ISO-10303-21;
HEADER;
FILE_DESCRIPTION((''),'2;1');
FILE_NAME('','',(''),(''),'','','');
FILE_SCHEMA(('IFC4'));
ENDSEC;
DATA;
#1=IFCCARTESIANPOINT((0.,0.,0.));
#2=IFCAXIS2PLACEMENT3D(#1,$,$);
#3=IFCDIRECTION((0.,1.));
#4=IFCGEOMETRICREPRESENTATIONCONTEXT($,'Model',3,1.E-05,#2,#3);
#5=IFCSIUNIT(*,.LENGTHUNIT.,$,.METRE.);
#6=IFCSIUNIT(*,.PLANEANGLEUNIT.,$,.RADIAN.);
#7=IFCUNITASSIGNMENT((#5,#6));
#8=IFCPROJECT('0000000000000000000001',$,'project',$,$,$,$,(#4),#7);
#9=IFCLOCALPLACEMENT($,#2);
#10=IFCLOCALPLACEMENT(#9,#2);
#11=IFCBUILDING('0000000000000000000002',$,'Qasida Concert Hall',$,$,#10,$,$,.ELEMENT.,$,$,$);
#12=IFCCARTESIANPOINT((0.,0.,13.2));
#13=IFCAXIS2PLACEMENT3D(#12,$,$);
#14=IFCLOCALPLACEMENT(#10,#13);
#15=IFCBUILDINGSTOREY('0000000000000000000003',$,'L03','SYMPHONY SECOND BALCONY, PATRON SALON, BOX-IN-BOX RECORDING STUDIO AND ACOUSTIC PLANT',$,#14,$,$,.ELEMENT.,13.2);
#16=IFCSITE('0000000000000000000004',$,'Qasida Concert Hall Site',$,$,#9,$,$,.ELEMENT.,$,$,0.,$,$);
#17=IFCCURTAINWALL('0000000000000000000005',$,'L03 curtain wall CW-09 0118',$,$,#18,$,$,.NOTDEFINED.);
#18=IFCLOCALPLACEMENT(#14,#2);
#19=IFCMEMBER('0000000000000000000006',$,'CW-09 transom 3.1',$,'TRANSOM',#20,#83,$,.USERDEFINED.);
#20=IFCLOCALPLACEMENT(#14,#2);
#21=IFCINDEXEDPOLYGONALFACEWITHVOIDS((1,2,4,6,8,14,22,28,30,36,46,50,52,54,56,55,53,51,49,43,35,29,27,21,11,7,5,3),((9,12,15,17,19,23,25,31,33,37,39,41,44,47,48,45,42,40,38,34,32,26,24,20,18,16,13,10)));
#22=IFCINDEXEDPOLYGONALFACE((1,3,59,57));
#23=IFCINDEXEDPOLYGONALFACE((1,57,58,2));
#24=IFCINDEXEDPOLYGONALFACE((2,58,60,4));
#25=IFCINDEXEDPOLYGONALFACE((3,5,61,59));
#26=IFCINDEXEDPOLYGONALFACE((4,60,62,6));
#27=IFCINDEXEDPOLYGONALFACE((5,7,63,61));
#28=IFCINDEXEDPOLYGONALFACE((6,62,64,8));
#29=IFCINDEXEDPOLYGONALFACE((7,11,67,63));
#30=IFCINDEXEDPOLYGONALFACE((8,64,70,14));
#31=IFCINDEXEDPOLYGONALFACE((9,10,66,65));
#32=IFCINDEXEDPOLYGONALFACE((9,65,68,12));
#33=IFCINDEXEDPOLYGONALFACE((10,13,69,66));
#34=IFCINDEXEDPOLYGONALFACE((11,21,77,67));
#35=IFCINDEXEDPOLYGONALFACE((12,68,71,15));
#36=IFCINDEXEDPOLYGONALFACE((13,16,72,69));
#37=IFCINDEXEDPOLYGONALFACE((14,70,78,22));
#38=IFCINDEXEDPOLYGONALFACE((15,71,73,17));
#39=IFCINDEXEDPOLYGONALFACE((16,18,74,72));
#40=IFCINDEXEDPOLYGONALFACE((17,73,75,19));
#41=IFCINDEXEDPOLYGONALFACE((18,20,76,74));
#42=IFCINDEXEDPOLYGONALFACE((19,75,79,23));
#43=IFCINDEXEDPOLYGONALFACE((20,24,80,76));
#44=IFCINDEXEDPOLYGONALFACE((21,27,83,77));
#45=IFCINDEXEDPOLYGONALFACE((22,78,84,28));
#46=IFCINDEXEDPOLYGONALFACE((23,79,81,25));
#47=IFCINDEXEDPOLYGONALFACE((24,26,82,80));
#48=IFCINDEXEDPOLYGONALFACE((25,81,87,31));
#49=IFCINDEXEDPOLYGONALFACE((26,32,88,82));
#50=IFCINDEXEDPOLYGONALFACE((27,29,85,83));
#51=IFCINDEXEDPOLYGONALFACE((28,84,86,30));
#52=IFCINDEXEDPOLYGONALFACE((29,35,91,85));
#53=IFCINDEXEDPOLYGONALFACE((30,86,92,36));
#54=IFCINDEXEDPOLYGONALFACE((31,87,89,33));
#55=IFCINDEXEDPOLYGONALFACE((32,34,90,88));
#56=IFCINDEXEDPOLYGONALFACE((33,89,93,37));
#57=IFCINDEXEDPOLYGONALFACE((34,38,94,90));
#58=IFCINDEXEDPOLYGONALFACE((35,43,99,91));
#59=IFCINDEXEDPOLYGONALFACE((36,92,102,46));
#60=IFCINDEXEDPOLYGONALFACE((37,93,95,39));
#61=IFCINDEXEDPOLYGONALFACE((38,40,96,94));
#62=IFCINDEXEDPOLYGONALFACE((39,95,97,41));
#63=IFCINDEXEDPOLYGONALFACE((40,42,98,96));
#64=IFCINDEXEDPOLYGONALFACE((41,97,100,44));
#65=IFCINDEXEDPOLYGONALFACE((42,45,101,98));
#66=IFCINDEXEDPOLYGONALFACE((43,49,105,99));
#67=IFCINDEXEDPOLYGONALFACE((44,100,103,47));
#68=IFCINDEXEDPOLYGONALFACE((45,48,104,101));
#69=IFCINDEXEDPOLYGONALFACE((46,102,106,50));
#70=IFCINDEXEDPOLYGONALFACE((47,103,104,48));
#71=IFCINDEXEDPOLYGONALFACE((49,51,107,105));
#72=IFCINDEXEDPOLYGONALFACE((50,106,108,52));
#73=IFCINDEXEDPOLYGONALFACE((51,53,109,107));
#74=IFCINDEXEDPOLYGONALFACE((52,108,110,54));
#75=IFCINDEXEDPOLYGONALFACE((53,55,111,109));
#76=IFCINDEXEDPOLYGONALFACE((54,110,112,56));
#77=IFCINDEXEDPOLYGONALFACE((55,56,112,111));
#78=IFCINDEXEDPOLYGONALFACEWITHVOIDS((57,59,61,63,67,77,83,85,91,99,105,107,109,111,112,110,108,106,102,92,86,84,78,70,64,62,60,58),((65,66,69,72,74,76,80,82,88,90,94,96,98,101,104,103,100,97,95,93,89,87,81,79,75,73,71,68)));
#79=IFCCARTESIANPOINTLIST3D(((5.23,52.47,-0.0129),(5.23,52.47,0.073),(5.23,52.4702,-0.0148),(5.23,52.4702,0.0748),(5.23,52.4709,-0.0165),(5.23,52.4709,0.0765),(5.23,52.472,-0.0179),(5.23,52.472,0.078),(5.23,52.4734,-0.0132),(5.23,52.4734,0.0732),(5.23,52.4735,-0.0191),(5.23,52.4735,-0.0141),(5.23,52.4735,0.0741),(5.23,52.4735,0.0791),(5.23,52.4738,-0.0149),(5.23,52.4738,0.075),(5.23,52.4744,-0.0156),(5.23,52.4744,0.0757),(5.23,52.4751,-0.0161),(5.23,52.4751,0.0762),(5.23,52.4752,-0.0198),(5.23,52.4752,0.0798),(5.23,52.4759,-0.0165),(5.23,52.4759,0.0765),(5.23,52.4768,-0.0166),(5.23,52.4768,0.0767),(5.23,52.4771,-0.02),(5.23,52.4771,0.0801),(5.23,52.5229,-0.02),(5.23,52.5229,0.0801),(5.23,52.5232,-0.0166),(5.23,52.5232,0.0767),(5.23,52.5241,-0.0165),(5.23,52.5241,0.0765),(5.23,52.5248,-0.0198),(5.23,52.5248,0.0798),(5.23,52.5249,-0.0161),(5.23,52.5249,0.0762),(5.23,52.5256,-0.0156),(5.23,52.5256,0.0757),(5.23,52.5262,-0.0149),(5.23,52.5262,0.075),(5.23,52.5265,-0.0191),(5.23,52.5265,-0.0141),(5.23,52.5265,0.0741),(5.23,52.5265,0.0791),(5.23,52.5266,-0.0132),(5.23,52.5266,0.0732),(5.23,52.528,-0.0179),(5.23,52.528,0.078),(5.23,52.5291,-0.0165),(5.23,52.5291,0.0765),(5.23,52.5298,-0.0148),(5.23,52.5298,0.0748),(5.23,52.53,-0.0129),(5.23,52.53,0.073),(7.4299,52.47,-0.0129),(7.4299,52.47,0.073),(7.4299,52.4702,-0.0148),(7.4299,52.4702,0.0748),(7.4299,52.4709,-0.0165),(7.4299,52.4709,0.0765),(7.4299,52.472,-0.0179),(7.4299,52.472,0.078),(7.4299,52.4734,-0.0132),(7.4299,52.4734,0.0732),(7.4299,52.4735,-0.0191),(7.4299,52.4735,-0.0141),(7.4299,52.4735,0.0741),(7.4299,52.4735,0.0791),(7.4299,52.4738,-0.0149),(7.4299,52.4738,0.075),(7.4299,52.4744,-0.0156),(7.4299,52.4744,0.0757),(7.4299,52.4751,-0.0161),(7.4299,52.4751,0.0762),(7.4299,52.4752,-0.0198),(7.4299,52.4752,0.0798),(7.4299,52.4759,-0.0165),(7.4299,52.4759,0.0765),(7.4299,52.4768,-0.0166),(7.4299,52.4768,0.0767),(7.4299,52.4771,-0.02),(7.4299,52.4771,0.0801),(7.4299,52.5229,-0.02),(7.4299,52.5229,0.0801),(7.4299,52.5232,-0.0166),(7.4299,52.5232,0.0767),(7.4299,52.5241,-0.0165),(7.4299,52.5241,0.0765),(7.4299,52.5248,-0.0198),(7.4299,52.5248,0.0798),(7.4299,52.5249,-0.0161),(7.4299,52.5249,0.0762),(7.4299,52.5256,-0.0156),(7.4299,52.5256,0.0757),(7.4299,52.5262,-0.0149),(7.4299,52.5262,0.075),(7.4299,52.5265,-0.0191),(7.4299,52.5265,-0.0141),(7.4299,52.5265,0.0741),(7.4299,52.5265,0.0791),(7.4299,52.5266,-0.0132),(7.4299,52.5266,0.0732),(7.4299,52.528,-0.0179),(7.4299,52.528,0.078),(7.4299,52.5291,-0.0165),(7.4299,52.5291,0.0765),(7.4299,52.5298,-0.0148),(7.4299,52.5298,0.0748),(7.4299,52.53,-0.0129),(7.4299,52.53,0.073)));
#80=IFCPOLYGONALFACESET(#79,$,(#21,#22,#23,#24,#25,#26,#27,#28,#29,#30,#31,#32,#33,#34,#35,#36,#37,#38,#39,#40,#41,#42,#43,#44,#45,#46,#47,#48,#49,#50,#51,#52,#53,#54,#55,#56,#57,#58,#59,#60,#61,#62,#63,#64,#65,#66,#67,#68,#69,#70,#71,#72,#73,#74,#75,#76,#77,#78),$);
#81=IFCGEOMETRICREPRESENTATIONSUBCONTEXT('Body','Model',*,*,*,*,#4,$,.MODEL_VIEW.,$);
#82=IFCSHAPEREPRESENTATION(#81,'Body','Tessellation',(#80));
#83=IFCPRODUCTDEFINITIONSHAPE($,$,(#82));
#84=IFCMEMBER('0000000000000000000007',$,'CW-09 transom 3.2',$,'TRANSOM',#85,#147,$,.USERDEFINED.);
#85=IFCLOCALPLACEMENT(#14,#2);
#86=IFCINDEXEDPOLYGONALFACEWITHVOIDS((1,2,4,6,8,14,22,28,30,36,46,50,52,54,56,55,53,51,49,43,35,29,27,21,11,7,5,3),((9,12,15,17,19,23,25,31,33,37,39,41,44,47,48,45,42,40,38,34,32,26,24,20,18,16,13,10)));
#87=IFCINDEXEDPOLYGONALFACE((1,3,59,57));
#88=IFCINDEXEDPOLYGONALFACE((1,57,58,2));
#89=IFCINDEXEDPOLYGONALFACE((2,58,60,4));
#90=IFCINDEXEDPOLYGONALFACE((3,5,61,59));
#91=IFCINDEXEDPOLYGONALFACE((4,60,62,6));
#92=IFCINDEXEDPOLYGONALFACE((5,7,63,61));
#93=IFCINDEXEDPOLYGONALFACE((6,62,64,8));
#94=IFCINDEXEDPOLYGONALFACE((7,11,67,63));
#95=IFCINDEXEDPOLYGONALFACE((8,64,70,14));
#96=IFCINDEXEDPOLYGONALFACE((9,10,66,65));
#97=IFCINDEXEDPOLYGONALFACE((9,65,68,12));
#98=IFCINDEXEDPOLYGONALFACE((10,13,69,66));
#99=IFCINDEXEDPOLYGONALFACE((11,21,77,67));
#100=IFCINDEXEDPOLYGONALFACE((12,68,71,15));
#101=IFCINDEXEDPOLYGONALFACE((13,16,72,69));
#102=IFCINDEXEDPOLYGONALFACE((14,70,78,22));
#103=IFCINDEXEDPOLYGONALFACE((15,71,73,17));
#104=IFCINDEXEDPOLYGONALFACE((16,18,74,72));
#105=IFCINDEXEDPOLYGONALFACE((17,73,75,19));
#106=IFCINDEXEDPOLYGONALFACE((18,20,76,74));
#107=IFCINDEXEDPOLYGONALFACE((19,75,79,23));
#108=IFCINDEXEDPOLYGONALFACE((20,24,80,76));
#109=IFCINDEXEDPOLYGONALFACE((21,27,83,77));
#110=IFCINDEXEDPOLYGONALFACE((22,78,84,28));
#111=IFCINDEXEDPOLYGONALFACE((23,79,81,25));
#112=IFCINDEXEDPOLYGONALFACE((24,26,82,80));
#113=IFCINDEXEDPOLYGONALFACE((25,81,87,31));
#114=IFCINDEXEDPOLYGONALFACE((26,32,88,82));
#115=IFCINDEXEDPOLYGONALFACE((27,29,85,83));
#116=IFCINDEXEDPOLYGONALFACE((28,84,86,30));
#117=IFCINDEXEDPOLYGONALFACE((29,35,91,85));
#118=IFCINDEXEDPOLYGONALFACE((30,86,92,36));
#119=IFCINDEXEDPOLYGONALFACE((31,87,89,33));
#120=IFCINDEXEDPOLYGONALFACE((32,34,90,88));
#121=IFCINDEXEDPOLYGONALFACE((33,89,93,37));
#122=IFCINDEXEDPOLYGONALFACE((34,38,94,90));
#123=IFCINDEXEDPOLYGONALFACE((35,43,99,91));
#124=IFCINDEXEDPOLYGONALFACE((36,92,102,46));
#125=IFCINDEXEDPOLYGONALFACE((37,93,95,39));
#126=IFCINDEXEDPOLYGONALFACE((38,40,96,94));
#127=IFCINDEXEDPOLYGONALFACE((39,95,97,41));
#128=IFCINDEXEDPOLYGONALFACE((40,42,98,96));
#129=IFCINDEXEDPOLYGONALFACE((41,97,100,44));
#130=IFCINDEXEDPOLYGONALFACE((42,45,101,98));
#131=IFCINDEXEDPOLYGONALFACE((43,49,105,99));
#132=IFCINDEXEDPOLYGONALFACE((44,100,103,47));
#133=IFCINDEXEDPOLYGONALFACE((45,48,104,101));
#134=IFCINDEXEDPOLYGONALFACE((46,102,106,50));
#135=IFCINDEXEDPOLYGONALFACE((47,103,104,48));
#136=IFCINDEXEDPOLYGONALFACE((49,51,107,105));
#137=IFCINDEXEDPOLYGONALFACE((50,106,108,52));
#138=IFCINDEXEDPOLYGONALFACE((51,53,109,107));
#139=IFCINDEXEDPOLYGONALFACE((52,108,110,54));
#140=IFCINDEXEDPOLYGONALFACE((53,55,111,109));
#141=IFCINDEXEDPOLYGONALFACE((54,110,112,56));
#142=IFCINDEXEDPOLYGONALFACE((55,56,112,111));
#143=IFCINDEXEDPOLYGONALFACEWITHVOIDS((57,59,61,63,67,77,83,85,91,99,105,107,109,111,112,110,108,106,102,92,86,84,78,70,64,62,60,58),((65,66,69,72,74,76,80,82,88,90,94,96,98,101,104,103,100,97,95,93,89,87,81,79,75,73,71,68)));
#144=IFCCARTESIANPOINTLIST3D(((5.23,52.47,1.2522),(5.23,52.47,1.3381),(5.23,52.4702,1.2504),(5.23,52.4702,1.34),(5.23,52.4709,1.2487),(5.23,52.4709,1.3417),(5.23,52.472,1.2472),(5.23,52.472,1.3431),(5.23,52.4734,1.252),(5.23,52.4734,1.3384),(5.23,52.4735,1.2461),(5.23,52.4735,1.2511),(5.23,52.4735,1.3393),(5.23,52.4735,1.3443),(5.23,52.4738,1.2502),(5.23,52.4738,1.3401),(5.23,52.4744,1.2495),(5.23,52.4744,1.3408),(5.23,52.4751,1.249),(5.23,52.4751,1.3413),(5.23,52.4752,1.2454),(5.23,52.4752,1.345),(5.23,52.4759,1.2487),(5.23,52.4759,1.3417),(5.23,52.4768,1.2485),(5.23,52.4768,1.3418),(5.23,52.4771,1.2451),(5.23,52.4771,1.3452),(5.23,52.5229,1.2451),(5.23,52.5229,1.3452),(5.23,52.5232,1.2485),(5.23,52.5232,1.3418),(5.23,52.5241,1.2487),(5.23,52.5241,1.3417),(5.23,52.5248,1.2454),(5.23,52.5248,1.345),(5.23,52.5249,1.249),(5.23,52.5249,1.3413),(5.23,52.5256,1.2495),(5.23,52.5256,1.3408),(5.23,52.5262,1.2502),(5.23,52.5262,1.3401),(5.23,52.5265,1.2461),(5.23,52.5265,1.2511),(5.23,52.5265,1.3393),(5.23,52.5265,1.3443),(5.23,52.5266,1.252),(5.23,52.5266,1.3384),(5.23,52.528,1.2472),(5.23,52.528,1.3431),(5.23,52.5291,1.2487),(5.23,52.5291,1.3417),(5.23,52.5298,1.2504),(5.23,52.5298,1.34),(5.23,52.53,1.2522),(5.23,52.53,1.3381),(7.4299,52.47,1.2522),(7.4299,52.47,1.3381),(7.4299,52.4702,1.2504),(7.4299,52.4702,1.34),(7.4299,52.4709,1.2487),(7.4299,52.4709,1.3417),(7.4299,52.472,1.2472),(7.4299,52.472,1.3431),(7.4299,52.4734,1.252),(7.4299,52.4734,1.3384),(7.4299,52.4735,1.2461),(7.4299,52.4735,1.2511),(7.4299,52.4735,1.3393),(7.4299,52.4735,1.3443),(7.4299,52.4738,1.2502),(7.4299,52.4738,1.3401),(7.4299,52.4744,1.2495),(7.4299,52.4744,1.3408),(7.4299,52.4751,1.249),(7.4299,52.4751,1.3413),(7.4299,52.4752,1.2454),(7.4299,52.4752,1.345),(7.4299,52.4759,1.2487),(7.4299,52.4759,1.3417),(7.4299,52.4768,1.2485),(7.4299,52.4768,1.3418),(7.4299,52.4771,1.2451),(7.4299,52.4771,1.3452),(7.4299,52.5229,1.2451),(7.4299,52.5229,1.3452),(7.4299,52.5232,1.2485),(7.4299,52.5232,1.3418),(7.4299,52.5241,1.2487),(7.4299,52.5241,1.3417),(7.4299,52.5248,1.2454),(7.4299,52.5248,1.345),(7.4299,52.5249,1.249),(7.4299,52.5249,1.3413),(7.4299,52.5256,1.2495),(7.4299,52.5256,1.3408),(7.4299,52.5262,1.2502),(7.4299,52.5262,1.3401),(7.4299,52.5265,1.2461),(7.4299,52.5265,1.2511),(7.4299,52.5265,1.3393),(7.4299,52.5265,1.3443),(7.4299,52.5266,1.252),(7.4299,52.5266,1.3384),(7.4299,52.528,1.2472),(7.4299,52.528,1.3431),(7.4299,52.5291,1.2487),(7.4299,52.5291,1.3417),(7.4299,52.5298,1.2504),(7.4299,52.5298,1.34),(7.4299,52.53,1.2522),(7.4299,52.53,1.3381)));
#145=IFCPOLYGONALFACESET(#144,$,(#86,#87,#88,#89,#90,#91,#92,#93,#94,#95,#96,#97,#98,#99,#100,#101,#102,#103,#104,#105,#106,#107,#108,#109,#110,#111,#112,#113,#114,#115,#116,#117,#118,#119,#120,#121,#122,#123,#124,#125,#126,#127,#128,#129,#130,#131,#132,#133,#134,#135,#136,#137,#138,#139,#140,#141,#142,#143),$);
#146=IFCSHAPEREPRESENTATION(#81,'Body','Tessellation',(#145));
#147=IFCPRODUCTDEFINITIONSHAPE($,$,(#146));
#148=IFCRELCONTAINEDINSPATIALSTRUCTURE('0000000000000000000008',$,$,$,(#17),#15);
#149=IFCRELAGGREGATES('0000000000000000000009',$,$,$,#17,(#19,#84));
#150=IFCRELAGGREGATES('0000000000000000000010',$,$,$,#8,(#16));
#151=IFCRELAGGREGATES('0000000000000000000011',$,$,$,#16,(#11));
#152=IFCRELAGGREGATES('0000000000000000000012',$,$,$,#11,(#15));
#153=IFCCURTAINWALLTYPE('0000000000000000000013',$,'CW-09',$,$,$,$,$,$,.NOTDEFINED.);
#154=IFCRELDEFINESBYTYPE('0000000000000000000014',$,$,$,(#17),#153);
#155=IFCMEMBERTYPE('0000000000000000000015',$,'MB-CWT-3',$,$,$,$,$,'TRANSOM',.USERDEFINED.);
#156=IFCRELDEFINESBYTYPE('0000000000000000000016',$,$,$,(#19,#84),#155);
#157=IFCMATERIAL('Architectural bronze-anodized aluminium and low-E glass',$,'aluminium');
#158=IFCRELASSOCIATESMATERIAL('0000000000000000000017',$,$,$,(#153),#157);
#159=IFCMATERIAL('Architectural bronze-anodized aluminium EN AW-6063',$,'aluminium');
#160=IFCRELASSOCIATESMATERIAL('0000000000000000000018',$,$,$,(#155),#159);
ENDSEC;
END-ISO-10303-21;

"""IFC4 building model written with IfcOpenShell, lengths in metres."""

from ifc_helpers import new_model, si_unit, direction, frame, origin, origin_2d, place, context, subcontext, project, spatial, hollow_rectangle, extrude, material, material_profile, profile_set, type_object, element, aggregate, save


model = new_model("IFC4")

# Units and contexts
model_context = context("Model", 3, precision=1e-05, world=origin(), true_north=direction((0.0, 1.0)))
body_context = subcontext(model_context, "Body", "Model", "MODEL_VIEW")
ifc_project = project(units=[si_unit("LENGTHUNIT", "METRE"), si_unit("PLANEANGLEUNIT", "RADIAN")], contexts=[model_context])

# Site, building, storey
site_placement = place(None, origin())
site = spatial("IfcSite", under=ifc_project, at=site_placement, Name="Qasida Concert Hall Site", CompositionType="ELEMENT", RefElevation=0.0)
building_placement = place(site_placement, origin())
building = spatial("IfcBuilding", under=site, at=building_placement, Name="Qasida Concert Hall", CompositionType="ELEMENT")
storey_placement = place(building_placement, frame((0.0, 0.0, 13.2)))
storey = spatial("IfcBuildingStorey", under=building, at=storey_placement, Name="L03", Description="SYMPHONY SECOND BALCONY, PATRON SALON, BOX-IN-BOX RECORDING STUDIO AND ACOUSTIC PLANT", CompositionType="ELEMENT", Elevation=13.2)

# Curtain wall
ifc_material_1 = material(Name="Architectural bronze-anodized aluminium and low-E glass", Category="aluminium")
curtain_wall_type = type_object("IfcCurtainWallType", Name="CW-09", PredefinedType="NOTDEFINED", material=ifc_material_1)
curtain_wall_1_placement = place(storey_placement, origin())
curtain_wall_1 = element("IfcCurtainWall", 1, at=curtain_wall_1_placement, inside=storey, type_object=curtain_wall_type, Name="L03 curtain wall CW-09 0118", PredefinedType="NOTDEFINED")
ifc_material_2 = material(Name="Architectural bronze-anodized aluminium EN AW-6063", Category="aluminium")

# Members
ifc_material_profile_1 = material_profile(ifc_material_2, hollow_rectangle(XDim=0.0601, YDim=0.1001, WallThickness=0.0034, InnerFilletRadius=0.0034, OuterFilletRadius=0.0071, at=origin_2d()), Name="CWT 100x60x3.5")
ifc_profile_set_1 = profile_set([ifc_material_profile_1], Name="Architectural bronze-anodized aluminium EN AW-6063")
member_type_1 = type_object("IfcMemberType", Name="MB-CWT-3", ElementType="TRANSOM", PredefinedType="USERDEFINED", material=ifc_profile_set_1)
member_1_placement = place(storey_placement, frame((5.23, 52.5, 0.03), z_axis=(1.0, 0.0, 0.0), x_axis=(0.0, 1.0, 0.0)))
member_1 = element("IfcMember", 2, at=member_1_placement, type_object=member_type_1, Name="CW-09 transom 3.1", ObjectType="TRANSOM", PredefinedType="USERDEFINED", context=body_context, shape_type="SweptSolid", body=[
    extrude(hollow_rectangle(XDim=0.0601, YDim=0.1001, WallThickness=0.0034, InnerFilletRadius=0.0034, OuterFilletRadius=0.0071, at=origin_2d()), origin(), (0.0, 0.0, 1.0), 2.2),
])
member_2_placement = place(storey_placement, frame((5.23, 52.5, 1.2952), z_axis=(1.0, 0.0, 0.0), x_axis=(0.0, 1.0, 0.0)))
member_2 = element("IfcMember", 3, at=member_2_placement, type_object=member_type_1, Name="CW-09 transom 3.2", ObjectType="TRANSOM", PredefinedType="USERDEFINED", context=body_context, shape_type="SweptSolid", body=[
    extrude(hollow_rectangle(XDim=0.0601, YDim=0.1001, WallThickness=0.0034, InnerFilletRadius=0.0034, OuterFilletRadius=0.0071, at=origin_2d()), origin(), (0.0, 0.0, 1.0), 2.2),
])

aggregate(curtain_wall_1, [member_1, member_2])

save(model, "model.ifc")
